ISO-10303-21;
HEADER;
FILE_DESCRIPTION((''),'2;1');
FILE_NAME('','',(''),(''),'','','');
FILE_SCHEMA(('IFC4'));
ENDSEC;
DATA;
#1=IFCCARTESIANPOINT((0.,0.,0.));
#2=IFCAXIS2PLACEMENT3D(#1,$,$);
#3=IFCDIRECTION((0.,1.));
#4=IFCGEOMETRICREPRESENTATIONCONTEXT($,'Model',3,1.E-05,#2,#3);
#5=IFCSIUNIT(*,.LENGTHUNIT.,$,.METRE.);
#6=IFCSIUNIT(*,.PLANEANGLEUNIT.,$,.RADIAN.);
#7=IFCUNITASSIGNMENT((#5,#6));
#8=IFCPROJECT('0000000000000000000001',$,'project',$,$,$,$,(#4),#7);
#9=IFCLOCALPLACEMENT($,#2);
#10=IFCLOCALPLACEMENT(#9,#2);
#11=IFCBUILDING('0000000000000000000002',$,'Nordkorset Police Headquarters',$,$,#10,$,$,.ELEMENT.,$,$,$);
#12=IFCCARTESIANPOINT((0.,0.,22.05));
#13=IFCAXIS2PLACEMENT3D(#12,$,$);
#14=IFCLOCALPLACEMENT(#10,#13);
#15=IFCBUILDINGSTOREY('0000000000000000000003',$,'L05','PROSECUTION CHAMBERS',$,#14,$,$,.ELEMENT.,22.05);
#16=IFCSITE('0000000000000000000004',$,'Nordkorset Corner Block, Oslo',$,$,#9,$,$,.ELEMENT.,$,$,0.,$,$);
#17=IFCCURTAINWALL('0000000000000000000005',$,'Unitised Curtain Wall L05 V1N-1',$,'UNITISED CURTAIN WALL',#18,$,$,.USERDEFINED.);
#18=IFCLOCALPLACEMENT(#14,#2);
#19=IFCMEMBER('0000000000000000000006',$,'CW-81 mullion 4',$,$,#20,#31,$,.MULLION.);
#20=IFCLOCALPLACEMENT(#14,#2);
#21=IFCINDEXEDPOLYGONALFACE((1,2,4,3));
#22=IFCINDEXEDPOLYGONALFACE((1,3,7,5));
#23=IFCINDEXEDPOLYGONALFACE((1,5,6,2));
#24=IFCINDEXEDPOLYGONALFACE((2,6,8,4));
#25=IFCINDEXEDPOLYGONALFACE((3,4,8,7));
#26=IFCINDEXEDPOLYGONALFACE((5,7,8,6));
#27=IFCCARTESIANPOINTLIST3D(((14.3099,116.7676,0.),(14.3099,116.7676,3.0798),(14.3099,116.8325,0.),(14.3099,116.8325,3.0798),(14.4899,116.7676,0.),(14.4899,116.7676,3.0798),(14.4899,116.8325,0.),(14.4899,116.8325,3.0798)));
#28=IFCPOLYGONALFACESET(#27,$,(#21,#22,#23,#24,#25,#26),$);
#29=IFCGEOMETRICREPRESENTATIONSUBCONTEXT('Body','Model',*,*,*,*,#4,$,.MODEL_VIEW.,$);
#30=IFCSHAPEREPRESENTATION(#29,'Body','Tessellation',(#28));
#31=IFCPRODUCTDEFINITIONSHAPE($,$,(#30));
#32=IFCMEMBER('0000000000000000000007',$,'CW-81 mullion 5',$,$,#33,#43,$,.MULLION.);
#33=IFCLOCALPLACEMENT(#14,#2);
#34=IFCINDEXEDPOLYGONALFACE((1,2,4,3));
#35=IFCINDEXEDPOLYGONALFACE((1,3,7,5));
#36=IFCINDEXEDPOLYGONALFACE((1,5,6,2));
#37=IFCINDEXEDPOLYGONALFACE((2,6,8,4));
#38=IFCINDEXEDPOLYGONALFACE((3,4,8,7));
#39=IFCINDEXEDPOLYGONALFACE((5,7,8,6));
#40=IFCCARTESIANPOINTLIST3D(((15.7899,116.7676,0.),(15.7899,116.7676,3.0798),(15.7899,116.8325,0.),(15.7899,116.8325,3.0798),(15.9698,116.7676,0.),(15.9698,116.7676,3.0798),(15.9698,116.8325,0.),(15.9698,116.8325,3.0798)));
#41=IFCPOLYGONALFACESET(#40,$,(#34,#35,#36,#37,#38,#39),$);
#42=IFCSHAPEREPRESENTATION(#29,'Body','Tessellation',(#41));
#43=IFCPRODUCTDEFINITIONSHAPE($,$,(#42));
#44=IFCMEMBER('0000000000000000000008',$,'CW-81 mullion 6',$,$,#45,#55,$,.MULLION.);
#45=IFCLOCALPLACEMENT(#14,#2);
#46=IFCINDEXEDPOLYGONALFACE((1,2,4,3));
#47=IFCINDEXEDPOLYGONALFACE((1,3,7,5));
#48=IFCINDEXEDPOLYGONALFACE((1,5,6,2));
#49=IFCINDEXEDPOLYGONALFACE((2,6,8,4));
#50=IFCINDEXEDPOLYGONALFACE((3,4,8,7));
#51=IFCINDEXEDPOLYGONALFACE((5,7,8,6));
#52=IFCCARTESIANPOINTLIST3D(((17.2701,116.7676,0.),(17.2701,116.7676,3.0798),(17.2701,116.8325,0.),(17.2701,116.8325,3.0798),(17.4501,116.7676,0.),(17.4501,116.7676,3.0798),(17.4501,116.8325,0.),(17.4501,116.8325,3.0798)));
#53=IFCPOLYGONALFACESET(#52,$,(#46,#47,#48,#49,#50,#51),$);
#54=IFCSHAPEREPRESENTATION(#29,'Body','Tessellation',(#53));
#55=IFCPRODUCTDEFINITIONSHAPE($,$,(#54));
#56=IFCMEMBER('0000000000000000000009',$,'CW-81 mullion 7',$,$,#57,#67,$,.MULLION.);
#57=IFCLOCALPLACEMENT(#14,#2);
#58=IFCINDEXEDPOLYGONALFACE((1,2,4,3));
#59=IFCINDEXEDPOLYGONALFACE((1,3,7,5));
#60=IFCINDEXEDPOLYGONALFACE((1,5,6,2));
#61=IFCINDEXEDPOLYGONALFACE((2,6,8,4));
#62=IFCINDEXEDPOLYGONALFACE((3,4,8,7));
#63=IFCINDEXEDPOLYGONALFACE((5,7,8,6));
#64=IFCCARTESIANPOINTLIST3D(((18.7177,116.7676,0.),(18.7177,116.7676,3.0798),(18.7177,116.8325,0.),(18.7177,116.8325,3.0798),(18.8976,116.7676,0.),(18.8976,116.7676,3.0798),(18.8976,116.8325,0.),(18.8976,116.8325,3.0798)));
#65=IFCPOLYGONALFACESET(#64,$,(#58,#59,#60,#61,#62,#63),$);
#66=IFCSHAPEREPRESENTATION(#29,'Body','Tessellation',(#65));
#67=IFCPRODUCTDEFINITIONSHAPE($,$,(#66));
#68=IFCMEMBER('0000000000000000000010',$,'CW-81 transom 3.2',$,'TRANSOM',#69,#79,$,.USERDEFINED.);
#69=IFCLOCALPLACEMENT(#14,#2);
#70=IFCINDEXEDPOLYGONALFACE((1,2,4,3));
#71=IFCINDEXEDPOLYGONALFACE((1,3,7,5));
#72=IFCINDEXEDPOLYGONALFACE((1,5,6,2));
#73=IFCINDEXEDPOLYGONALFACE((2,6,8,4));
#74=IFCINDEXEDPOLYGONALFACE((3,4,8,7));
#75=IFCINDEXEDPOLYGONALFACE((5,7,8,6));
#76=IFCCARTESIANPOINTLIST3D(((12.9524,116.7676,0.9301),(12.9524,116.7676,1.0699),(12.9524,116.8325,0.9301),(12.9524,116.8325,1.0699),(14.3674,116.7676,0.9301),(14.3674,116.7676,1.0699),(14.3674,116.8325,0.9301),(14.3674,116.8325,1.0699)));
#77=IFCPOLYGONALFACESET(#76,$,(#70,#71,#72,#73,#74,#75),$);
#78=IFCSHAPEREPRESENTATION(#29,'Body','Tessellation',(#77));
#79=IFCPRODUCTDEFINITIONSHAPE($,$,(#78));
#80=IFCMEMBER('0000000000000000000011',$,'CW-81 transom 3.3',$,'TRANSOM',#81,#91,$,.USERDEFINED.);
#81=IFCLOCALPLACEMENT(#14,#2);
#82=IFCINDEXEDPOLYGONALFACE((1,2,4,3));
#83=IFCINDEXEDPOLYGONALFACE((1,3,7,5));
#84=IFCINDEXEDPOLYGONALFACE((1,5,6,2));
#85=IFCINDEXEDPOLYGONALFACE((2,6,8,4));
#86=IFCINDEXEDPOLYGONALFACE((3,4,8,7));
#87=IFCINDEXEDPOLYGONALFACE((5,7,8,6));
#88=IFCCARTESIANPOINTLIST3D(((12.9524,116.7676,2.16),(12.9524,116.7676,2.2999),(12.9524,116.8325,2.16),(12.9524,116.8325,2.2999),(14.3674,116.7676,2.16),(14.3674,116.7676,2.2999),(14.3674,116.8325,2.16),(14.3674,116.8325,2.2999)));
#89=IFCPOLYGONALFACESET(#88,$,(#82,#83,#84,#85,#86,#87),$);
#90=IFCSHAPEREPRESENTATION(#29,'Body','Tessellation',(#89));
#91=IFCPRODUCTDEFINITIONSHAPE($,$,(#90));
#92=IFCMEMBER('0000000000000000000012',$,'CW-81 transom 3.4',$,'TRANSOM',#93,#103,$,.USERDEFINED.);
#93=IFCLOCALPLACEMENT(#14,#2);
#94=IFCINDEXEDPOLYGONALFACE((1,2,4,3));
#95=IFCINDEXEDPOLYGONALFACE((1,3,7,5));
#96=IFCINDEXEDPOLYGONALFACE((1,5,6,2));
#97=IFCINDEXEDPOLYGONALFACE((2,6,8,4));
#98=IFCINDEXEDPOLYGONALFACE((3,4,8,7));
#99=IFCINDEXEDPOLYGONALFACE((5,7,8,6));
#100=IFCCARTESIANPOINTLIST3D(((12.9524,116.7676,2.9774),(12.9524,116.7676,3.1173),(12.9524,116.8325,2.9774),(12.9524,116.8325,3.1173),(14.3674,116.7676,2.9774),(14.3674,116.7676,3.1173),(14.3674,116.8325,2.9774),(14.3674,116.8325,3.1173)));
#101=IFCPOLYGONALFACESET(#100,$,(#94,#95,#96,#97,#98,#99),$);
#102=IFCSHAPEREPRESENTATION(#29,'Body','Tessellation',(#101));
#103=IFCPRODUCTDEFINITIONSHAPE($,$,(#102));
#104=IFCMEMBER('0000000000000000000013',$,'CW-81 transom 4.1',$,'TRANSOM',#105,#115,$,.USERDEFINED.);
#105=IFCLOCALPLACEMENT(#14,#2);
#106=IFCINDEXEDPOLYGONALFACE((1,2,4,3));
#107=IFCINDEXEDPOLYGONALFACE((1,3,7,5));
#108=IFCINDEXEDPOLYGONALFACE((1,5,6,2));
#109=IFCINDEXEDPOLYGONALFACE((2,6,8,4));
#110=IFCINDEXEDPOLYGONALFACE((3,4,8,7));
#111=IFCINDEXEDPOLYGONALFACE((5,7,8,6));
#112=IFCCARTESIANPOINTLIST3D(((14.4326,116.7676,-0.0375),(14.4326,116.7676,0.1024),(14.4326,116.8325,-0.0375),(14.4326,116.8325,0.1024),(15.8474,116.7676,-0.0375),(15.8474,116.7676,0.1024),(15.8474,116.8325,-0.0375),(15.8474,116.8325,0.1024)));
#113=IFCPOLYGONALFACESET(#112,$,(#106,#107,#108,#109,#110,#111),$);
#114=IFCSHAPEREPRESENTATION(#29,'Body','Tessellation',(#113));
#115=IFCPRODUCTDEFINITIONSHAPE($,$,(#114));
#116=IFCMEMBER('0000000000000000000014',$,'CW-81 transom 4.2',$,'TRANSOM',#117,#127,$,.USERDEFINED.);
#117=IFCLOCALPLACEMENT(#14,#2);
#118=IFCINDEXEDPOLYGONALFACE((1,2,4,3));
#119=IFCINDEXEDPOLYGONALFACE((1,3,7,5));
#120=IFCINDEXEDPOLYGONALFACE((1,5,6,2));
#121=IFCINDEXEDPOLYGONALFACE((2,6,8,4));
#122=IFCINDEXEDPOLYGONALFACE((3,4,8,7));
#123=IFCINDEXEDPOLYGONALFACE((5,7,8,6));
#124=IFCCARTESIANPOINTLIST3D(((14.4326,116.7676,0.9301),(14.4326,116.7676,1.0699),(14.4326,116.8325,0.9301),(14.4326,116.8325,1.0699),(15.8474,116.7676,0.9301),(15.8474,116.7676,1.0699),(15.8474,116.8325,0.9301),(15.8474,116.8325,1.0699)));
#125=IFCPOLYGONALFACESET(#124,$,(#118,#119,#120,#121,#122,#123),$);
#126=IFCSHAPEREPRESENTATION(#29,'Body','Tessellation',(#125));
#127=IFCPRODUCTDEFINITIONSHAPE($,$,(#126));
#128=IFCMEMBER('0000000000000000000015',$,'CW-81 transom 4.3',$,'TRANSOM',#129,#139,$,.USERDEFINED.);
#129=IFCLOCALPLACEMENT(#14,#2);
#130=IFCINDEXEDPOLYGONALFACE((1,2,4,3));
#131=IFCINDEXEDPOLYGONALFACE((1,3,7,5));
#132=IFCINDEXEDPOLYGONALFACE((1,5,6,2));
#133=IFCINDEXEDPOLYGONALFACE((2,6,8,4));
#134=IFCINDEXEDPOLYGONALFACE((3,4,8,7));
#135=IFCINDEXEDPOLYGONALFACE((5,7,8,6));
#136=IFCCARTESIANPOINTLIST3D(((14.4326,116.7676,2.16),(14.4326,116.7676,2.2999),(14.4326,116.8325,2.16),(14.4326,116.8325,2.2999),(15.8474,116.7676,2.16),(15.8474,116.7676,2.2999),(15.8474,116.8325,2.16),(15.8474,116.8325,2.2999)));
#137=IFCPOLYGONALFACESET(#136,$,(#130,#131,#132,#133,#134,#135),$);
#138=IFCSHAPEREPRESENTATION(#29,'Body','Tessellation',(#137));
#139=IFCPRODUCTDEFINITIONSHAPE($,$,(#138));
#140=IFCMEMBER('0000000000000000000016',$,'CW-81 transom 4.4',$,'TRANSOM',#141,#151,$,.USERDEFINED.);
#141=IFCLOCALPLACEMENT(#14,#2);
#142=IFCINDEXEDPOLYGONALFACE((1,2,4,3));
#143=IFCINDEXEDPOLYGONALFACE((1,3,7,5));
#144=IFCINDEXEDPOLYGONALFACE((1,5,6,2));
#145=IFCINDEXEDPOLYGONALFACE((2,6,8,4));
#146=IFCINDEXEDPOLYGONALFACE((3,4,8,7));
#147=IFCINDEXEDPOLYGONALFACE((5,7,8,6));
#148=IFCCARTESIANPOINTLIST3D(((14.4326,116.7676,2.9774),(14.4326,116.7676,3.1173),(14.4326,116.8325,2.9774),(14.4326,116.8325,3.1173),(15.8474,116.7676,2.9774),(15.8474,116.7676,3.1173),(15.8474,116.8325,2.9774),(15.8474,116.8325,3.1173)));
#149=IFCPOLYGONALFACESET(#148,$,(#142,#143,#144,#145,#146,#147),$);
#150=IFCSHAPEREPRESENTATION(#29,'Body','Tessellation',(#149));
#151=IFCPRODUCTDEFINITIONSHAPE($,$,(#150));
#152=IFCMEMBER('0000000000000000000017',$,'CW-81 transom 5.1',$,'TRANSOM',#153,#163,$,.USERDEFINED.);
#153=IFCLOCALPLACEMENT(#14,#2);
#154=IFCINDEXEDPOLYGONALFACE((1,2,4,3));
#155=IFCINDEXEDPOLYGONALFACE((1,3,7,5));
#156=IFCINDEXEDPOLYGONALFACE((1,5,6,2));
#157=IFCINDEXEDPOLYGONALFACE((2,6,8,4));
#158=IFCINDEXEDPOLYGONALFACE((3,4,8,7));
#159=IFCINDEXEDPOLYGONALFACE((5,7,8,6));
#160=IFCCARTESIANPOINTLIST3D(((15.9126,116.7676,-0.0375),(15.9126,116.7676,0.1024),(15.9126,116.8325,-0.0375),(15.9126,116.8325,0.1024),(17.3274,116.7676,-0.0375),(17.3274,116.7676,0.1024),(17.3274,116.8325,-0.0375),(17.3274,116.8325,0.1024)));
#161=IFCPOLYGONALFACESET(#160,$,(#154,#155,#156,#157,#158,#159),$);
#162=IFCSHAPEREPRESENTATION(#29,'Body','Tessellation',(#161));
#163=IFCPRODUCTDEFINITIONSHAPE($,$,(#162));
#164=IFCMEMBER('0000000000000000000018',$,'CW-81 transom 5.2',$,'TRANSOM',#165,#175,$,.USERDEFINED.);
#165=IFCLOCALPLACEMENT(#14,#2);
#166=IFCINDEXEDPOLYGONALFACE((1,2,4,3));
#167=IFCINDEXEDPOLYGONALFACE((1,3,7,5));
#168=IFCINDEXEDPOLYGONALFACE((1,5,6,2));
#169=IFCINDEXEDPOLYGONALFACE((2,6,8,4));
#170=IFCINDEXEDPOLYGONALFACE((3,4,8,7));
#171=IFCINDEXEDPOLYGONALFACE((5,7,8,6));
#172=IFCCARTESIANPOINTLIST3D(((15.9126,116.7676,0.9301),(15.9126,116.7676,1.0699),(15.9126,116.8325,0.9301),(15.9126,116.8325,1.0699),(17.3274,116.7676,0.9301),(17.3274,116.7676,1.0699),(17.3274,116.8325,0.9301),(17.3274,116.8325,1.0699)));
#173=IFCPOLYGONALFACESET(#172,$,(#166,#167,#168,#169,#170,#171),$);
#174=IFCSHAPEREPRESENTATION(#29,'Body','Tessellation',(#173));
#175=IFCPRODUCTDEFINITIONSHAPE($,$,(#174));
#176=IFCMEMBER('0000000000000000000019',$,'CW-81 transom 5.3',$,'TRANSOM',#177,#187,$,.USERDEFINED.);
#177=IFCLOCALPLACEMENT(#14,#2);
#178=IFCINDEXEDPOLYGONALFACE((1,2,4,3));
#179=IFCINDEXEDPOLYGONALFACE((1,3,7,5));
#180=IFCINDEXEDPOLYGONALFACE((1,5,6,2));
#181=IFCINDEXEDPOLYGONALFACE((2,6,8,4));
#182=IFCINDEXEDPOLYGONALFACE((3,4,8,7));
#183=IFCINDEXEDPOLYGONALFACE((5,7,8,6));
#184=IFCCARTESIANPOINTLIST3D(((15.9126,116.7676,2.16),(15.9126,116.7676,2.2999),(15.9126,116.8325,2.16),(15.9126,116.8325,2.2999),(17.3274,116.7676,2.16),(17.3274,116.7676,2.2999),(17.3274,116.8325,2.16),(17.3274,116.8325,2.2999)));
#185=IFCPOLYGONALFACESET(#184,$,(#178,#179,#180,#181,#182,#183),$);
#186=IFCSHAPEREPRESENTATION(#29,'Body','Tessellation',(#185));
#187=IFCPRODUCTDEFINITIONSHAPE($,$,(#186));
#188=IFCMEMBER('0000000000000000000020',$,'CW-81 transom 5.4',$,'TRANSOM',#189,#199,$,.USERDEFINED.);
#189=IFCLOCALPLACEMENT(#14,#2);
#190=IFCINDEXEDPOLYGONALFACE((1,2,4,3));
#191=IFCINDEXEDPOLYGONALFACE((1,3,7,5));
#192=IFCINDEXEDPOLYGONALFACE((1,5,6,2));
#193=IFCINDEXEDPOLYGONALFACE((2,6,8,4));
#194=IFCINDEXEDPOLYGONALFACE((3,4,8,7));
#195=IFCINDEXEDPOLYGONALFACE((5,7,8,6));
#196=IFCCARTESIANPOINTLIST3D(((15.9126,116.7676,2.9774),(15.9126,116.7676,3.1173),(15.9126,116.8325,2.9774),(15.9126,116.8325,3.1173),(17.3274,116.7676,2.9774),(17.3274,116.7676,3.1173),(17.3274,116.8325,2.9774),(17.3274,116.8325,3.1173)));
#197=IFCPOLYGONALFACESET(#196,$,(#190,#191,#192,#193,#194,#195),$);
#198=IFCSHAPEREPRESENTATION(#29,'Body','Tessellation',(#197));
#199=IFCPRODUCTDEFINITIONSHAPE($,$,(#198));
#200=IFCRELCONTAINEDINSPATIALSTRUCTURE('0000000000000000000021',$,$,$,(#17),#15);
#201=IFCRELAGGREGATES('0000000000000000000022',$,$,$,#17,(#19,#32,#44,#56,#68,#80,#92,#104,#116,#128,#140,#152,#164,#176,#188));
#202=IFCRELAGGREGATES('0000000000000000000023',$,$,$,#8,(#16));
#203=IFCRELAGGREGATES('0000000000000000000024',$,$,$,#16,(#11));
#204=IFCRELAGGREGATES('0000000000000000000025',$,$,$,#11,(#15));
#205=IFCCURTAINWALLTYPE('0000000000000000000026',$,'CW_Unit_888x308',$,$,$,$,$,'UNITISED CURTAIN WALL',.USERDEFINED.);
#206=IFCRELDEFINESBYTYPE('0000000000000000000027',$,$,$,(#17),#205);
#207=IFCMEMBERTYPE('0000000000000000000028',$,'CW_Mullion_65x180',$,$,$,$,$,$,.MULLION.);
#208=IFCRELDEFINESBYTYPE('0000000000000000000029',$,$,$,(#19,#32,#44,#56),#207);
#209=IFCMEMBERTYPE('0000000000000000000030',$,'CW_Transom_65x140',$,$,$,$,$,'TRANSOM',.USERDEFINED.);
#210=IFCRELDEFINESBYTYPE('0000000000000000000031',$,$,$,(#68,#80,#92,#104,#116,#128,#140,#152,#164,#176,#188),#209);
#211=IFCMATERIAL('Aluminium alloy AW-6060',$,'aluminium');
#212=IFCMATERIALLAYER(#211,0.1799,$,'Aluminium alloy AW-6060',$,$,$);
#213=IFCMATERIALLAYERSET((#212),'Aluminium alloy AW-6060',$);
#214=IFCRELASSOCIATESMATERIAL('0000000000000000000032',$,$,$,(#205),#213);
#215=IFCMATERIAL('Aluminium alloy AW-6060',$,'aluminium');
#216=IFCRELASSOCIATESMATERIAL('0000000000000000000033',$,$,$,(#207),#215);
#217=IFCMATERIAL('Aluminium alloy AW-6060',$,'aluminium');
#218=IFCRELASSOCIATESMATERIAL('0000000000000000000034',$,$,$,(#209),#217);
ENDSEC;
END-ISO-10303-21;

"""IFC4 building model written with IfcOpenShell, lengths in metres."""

from ifc_helpers import new_model, si_unit, direction, frame, origin, origin_2d, place, context, subcontext, project, spatial, rectangle, extrude, material, layer, layer_set, material_profile, profile_set, type_object, element, aggregate, save


model = new_model("IFC4")

# Units and contexts
model_context = context("Model", 3, precision=1e-05, world=origin(), true_north=direction((0.0, 1.0)))
body_context = subcontext(model_context, "Body", "Model", "MODEL_VIEW")
ifc_project = project(units=[si_unit("LENGTHUNIT", "METRE"), si_unit("PLANEANGLEUNIT", "RADIAN")], contexts=[model_context])

# Site, building, storey
site_placement = place(None, origin())
site = spatial("IfcSite", under=ifc_project, at=site_placement, Name="Nordkorset Corner Block, Oslo", CompositionType="ELEMENT", RefElevation=0.0)
building_placement = place(site_placement, origin())
building = spatial("IfcBuilding", under=site, at=building_placement, Name="Nordkorset Police Headquarters", CompositionType="ELEMENT")
storey_placement = place(building_placement, frame((0.0, 0.0, 22.05)))
storey = spatial("IfcBuildingStorey", under=building, at=storey_placement, Name="L05", Description="PROSECUTION CHAMBERS", CompositionType="ELEMENT", Elevation=22.05)

# Curtain wall, members
ifc_material_1 = material(Name="Aluminium alloy AW-6060", Category="aluminium")
ifc_layer_1 = layer(ifc_material_1, 0.1799, Name="Aluminium alloy AW-6060")
ifc_layer_set_1 = layer_set([ifc_layer_1], Name="Aluminium alloy AW-6060")
curtain_wall_type = type_object("IfcCurtainWallType", Name="CW_Unit_888x308", ElementType="UNITISED CURTAIN WALL", PredefinedType="USERDEFINED", material=ifc_layer_set_1)
curtain_wall_placement = place(storey_placement, origin())
curtain_wall = element("IfcCurtainWall", 1, at=curtain_wall_placement, inside=storey, type_object=curtain_wall_type, Name="Unitised Curtain Wall L05 V1N-1", ObjectType="UNITISED CURTAIN WALL", PredefinedType="USERDEFINED")
ifc_material_2 = material(Name="Aluminium alloy AW-6060", Category="aluminium")
ifc_material_profile_1 = material_profile(ifc_material_2, rectangle(XDim=0.0649, YDim=0.1799, at=origin_2d()), Name="ALU MULL 65x180")
ifc_profile_set_1 = profile_set([ifc_material_profile_1], Name="Aluminium alloy AW-6060")
member_type_1 = type_object("IfcMemberType", Name="CW_Mullion_65x180", PredefinedType="MULLION", material=ifc_profile_set_1)
member_1_placement = place(storey_placement, frame((14.3999, 116.8, 0.0), z_axis=(0.0, 0.0, 1.0), x_axis=(0.0, 1.0, 0.0)))
member_1 = element("IfcMember", 2, at=member_1_placement, type_object=member_type_1, Name="CW-81 mullion 4", PredefinedType="MULLION", context=body_context, shape_type="SweptSolid", body=[
    extrude(rectangle(XDim=0.0649, YDim=0.1799, at=origin_2d()), origin(), (0.0, 0.0, 1.0), 3.0798),
])
member_2_placement = place(storey_placement, frame((15.8799, 116.8, 0.0), z_axis=(0.0, 0.0, 1.0), x_axis=(0.0, 1.0, 0.0)))
member_2 = element("IfcMember", 3, at=member_2_placement, type_object=member_type_1, Name="CW-81 mullion 5", PredefinedType="MULLION", context=body_context, shape_type="SweptSolid", body=[
    extrude(rectangle(XDim=0.0649, YDim=0.1799, at=origin_2d()), origin(), (0.0, 0.0, 1.0), 3.0798),
])
member_3_placement = place(storey_placement, frame((17.3601, 116.8, 0.0), z_axis=(0.0, 0.0, 1.0), x_axis=(0.0, 1.0, 0.0)))
member_3 = element("IfcMember", 4, at=member_3_placement, type_object=member_type_1, Name="CW-81 mullion 6", PredefinedType="MULLION", context=body_context, shape_type="SweptSolid", body=[
    extrude(rectangle(XDim=0.0649, YDim=0.1799, at=origin_2d()), origin(), (0.0, 0.0, 1.0), 3.0798),
])
member_4_placement = place(storey_placement, frame((18.8076, 116.8, 0.0), z_axis=(0.0, 0.0, 1.0), x_axis=(0.0, 1.0, 0.0)))
member_4 = element("IfcMember", 5, at=member_4_placement, type_object=member_type_1, Name="CW-81 mullion 7", PredefinedType="MULLION", context=body_context, shape_type="SweptSolid", body=[
    extrude(rectangle(XDim=0.0649, YDim=0.1799, at=origin_2d()), origin(), (0.0, 0.0, 1.0), 3.0798),
])
ifc_material_3 = material(Name="Aluminium alloy AW-6060", Category="aluminium")
ifc_material_profile_2 = material_profile(ifc_material_3, rectangle(XDim=0.0649, YDim=0.1399, at=origin_2d()), Name="ALU TRAN 65x140")
ifc_profile_set_2 = profile_set([ifc_material_profile_2], Name="Aluminium alloy AW-6060")
member_type_2 = type_object("IfcMemberType", Name="CW_Transom_65x140", ElementType="TRANSOM", PredefinedType="USERDEFINED", material=ifc_profile_set_2)
member_5_placement = place(storey_placement, frame((12.9524, 116.8, 1.0), z_axis=(1.0, 0.0, 0.0), x_axis=(0.0, 1.0, 0.0)))
member_5 = element("IfcMember", 6, at=member_5_placement, type_object=member_type_2, Name="CW-81 transom 3.2", ObjectType="TRANSOM", PredefinedType="USERDEFINED", context=body_context, shape_type="SweptSolid", body=[
    extrude(rectangle(XDim=0.0649, YDim=0.1399, at=origin_2d()), origin(), (0.0, 0.0, 1.0), 1.415),
])
member_6_placement = place(storey_placement, frame((12.9524, 116.8, 2.23), z_axis=(1.0, 0.0, 0.0), x_axis=(0.0, 1.0, 0.0)))
member_6 = element("IfcMember", 7, at=member_6_placement, type_object=member_type_2, Name="CW-81 transom 3.3", ObjectType="TRANSOM", PredefinedType="USERDEFINED", context=body_context, shape_type="SweptSolid", body=[
    extrude(rectangle(XDim=0.0649, YDim=0.1399, at=origin_2d()), origin(), (0.0, 0.0, 1.0), 1.415),
])
member_7_placement = place(storey_placement, frame((12.9524, 116.8, 3.0474), z_axis=(1.0, 0.0, 0.0), x_axis=(0.0, 1.0, 0.0)))
member_7 = element("IfcMember", 8, at=member_7_placement, type_object=member_type_2, Name="CW-81 transom 3.4", ObjectType="TRANSOM", PredefinedType="USERDEFINED", context=body_context, shape_type="SweptSolid", body=[
    extrude(rectangle(XDim=0.0649, YDim=0.1399, at=origin_2d()), origin(), (0.0, 0.0, 1.0), 1.415),
])
member_8_placement = place(storey_placement, frame((14.4326, 116.8, 0.0325), z_axis=(1.0, 0.0, 0.0), x_axis=(0.0, 1.0, 0.0)))
member_8 = element("IfcMember", 9, at=member_8_placement, type_object=member_type_2, Name="CW-81 transom 4.1", ObjectType="TRANSOM", PredefinedType="USERDEFINED", context=body_context, shape_type="SweptSolid", body=[
    extrude(rectangle(XDim=0.0649, YDim=0.1399, at=origin_2d()), origin(), (0.0, 0.0, 1.0), 1.4148),
])
member_9_placement = place(storey_placement, frame((14.4326, 116.8, 1.0), z_axis=(1.0, 0.0, 0.0), x_axis=(0.0, 1.0, 0.0)))
member_9 = element("IfcMember", 10, at=member_9_placement, type_object=member_type_2, Name="CW-81 transom 4.2", ObjectType="TRANSOM", PredefinedType="USERDEFINED", context=body_context, shape_type="SweptSolid", body=[
    extrude(rectangle(XDim=0.0649, YDim=0.1399, at=origin_2d()), origin(), (0.0, 0.0, 1.0), 1.4148),
])
member_10_placement = place(storey_placement, frame((14.4326, 116.8, 2.23), z_axis=(1.0, 0.0, 0.0), x_axis=(0.0, 1.0, 0.0)))
member_10 = element("IfcMember", 11, at=member_10_placement, type_object=member_type_2, Name="CW-81 transom 4.3", ObjectType="TRANSOM", PredefinedType="USERDEFINED", context=body_context, shape_type="SweptSolid", body=[
    extrude(rectangle(XDim=0.0649, YDim=0.1399, at=origin_2d()), origin(), (0.0, 0.0, 1.0), 1.4148),
])
member_11_placement = place(storey_placement, frame((14.4326, 116.8, 3.0474), z_axis=(1.0, 0.0, 0.0), x_axis=(0.0, 1.0, 0.0)))
member_11 = element("IfcMember", 12, at=member_11_placement, type_object=member_type_2, Name="CW-81 transom 4.4", ObjectType="TRANSOM", PredefinedType="USERDEFINED", context=body_context, shape_type="SweptSolid", body=[
    extrude(rectangle(XDim=0.0649, YDim=0.1399, at=origin_2d()), origin(), (0.0, 0.0, 1.0), 1.4148),
])
member_12_placement = place(storey_placement, frame((15.9126, 116.8, 0.0325), z_axis=(1.0, 0.0, 0.0), x_axis=(0.0, 1.0, 0.0)))
member_12 = element("IfcMember", 13, at=member_12_placement, type_object=member_type_2, Name="CW-81 transom 5.1", ObjectType="TRANSOM", PredefinedType="USERDEFINED", context=body_context, shape_type="SweptSolid", body=[
    extrude(rectangle(XDim=0.0649, YDim=0.1399, at=origin_2d()), origin(), (0.0, 0.0, 1.0), 1.4148),
])
member_13_placement = place(storey_placement, frame((15.9126, 116.8, 1.0), z_axis=(1.0, 0.0, 0.0), x_axis=(0.0, 1.0, 0.0)))
member_13 = element("IfcMember", 14, at=member_13_placement, type_object=member_type_2, Name="CW-81 transom 5.2", ObjectType="TRANSOM", PredefinedType="USERDEFINED", context=body_context, shape_type="SweptSolid", body=[
    extrude(rectangle(XDim=0.0649, YDim=0.1399, at=origin_2d()), origin(), (0.0, 0.0, 1.0), 1.4148),
])
member_14_placement = place(storey_placement, frame((15.9126, 116.8, 2.23), z_axis=(1.0, 0.0, 0.0), x_axis=(0.0, 1.0, 0.0)))
member_14 = element("IfcMember", 15, at=member_14_placement, type_object=member_type_2, Name="CW-81 transom 5.3", ObjectType="TRANSOM", PredefinedType="USERDEFINED", context=body_context, shape_type="SweptSolid", body=[
    extrude(rectangle(XDim=0.0649, YDim=0.1399, at=origin_2d()), origin(), (0.0, 0.0, 1.0), 1.4148),
])
member_15_placement = place(storey_placement, frame((15.9126, 116.8, 3.0474), z_axis=(1.0, 0.0, 0.0), x_axis=(0.0, 1.0, 0.0)))
member_15 = element("IfcMember", 16, at=member_15_placement, type_object=member_type_2, Name="CW-81 transom 5.4", ObjectType="TRANSOM", PredefinedType="USERDEFINED", context=body_context, shape_type="SweptSolid", body=[
    extrude(rectangle(XDim=0.0649, YDim=0.1399, at=origin_2d()), origin(), (0.0, 0.0, 1.0), 1.4148),
])
aggregate(curtain_wall, [member_1, member_2, member_3, member_4, member_5, member_6, member_7, member_8, member_9, member_10, member_11, member_12, member_13, member_14, member_15])

save(model, "model.ifc")
